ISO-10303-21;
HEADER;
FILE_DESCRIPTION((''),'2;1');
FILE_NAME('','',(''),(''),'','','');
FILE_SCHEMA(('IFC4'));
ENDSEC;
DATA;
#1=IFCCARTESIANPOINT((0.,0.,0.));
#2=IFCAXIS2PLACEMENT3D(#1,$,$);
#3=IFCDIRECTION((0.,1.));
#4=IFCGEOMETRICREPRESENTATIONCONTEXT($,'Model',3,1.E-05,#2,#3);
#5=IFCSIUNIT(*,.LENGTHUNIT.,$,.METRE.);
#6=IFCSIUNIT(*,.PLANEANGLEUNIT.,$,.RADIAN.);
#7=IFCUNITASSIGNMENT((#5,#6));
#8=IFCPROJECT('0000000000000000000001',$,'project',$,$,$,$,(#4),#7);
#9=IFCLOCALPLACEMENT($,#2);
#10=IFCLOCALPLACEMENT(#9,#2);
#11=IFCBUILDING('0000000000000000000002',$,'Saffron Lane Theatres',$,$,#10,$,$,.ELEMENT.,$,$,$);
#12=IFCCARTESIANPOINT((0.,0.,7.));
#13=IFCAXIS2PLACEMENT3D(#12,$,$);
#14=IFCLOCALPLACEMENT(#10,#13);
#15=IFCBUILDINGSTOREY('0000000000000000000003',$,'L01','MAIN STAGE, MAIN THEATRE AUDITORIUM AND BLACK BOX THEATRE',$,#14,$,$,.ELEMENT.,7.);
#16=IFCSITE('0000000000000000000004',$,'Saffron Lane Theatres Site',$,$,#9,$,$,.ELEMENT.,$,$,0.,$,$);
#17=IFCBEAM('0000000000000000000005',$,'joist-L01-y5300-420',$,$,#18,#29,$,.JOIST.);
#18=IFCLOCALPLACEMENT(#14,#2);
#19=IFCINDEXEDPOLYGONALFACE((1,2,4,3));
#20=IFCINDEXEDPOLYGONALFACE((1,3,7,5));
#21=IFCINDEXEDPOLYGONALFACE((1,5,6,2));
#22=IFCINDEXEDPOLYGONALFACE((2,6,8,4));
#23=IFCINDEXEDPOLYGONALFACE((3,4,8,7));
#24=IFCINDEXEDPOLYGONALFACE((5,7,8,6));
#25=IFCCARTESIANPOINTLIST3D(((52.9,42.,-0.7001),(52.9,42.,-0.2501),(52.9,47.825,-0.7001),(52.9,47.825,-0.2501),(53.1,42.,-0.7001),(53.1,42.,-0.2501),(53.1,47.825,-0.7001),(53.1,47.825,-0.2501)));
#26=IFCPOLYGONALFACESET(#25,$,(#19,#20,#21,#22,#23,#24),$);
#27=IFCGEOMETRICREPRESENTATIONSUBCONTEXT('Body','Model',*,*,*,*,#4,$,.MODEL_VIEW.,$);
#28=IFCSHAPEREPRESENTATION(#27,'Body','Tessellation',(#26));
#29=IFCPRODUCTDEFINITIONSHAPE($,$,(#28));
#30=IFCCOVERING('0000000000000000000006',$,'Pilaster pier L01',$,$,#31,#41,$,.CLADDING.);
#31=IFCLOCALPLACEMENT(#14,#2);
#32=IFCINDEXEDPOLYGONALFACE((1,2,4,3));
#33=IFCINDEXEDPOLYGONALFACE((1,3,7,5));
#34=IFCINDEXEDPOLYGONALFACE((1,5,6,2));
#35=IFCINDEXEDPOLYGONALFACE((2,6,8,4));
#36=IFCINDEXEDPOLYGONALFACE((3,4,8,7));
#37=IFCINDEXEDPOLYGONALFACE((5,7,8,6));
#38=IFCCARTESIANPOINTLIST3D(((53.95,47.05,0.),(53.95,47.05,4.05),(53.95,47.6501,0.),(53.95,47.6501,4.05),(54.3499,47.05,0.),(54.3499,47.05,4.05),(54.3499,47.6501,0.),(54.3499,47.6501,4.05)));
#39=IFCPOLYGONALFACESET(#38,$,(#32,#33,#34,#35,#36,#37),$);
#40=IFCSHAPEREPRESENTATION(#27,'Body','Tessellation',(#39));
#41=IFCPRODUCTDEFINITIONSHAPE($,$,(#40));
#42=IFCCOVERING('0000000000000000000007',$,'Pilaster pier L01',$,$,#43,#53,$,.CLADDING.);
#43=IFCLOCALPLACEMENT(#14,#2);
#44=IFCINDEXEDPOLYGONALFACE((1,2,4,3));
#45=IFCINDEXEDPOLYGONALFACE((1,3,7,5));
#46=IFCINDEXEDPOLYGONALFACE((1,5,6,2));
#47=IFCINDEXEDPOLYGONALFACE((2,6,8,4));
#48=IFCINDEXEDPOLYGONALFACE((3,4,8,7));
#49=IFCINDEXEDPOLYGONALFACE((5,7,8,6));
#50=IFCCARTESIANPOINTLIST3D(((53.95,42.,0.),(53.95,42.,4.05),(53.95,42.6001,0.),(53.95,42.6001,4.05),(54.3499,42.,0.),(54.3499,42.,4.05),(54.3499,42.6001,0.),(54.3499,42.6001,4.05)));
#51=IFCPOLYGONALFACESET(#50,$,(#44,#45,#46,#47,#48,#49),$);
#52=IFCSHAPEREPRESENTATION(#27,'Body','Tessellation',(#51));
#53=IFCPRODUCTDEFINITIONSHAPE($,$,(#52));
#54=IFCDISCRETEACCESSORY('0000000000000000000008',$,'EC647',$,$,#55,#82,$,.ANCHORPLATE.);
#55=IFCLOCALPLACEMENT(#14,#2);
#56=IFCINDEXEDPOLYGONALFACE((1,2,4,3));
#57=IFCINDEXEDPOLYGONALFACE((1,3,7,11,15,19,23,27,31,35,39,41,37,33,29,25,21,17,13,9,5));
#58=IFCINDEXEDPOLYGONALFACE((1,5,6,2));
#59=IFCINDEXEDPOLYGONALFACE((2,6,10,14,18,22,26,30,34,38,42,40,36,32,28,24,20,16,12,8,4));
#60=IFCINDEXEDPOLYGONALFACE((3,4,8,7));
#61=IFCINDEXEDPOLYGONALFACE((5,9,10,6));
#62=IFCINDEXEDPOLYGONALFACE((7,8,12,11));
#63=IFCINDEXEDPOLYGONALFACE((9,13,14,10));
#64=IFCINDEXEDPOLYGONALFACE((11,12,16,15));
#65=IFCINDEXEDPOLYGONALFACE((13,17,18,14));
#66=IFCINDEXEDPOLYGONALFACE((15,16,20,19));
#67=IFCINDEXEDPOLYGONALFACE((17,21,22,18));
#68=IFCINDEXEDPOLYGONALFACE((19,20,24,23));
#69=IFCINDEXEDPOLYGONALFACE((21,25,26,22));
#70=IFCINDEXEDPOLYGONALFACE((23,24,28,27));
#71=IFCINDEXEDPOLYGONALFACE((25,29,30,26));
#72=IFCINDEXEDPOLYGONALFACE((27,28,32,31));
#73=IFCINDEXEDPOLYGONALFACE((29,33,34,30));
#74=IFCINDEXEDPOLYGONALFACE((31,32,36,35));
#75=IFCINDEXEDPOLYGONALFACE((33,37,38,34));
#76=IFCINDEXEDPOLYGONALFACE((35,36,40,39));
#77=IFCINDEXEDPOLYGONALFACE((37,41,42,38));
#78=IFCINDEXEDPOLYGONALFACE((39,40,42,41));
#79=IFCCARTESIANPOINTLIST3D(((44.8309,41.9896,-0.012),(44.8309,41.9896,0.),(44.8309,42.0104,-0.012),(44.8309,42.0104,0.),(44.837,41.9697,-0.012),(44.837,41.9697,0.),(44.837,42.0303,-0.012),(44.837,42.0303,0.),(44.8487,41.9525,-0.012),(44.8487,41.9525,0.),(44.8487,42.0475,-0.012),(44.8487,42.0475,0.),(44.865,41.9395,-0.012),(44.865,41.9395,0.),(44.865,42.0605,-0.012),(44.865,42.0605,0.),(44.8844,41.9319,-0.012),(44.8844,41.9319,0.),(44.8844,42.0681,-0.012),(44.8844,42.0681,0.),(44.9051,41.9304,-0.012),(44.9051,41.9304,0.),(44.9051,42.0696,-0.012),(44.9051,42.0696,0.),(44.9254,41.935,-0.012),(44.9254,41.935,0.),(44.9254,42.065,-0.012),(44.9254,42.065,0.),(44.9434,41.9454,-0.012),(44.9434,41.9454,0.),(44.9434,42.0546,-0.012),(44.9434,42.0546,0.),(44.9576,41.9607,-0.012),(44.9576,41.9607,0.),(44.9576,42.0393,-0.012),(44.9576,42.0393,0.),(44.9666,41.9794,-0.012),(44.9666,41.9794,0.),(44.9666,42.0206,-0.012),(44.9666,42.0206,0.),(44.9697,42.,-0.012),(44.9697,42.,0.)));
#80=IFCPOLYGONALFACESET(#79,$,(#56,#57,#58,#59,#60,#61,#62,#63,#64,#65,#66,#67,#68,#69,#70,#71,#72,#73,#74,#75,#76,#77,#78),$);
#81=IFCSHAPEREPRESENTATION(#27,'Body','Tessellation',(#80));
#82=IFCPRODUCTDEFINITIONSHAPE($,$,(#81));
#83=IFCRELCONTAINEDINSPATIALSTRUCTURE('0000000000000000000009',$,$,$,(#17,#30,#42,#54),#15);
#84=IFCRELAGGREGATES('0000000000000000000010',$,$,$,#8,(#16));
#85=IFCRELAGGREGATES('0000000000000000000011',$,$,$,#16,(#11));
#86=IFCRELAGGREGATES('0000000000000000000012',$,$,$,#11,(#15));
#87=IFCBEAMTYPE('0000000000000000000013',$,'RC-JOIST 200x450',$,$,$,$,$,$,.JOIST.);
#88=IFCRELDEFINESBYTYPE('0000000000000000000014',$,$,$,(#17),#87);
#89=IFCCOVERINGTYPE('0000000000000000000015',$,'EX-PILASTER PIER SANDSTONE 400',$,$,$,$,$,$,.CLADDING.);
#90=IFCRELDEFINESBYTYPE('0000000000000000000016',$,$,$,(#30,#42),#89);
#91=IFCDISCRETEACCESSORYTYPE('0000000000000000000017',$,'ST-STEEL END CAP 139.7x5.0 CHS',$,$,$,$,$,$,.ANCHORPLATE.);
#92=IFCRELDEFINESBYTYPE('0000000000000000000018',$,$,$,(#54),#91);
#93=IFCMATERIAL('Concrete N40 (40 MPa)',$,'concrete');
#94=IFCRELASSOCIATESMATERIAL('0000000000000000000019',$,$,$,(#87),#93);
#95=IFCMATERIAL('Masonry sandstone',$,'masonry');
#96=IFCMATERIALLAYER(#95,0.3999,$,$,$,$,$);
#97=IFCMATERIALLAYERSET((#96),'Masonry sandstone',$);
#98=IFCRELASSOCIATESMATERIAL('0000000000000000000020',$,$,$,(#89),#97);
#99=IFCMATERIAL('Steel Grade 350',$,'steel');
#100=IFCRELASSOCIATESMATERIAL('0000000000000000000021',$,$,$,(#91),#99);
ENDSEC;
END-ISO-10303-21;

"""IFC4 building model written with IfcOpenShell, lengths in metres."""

from ifc_helpers import new_model, si_unit, direction, frame, origin, origin_2d, place, context, subcontext, project, spatial, rectangle, circle, extrude, material, layer, layer_set, material_profile, profile_set, type_object, element, save


model = new_model("IFC4")

# Units and contexts
model_context = context("Model", 3, precision=1e-05, world=origin(), true_north=direction((0.0, 1.0)))
body_context = subcontext(model_context, "Body", "Model", "MODEL_VIEW")
ifc_project = project(units=[si_unit("LENGTHUNIT", "METRE"), si_unit("PLANEANGLEUNIT", "RADIAN")], contexts=[model_context])

# Site, building, storey
site_placement = place(None, origin())
site = spatial("IfcSite", under=ifc_project, at=site_placement, Name="Saffron Lane Theatres Site", CompositionType="ELEMENT", RefElevation=0.0)
building_placement = place(site_placement, origin())
building = spatial("IfcBuilding", under=site, at=building_placement, Name="Saffron Lane Theatres", CompositionType="ELEMENT")
storey_placement = place(building_placement, frame((0.0, 0.0, 7.0)))
storey = spatial("IfcBuildingStorey", under=building, at=storey_placement, Name="L01", Description="MAIN STAGE, MAIN THEATRE AUDITORIUM AND BLACK BOX THEATRE", CompositionType="ELEMENT", Elevation=7.0)

# Beam
ifc_material_1 = material(Name="Concrete N40 (40 MPa)", Category="concrete")
ifc_material_profile_1 = material_profile(ifc_material_1, rectangle(XDim=0.2, YDim=0.45, at=origin_2d()))
ifc_profile_set_1 = profile_set([ifc_material_profile_1], Name="Concrete N40 (40 MPa)")
beam_type_1 = type_object("IfcBeamType", Name="RC-JOIST 200x450", PredefinedType="JOIST", material=ifc_profile_set_1)
for number, where, z_axis, x_axis, name in (
    (1, (53.0, 42.0, -0.4751), (0.0, 1.0, 0.0), (-1.0, 0.0, 0.0), "joist-L01-y5300-420"),
):
    element("IfcBeam", number, at=place(storey_placement, frame(where, z_axis=z_axis, x_axis=x_axis)), inside=storey, type_object=beam_type_1, Name=name, PredefinedType="JOIST", context=body_context, shape_type="SweptSolid", body=[
        extrude(rectangle(XDim=0.2, YDim=0.45, at=origin_2d()), origin(), (0.0, 0.0, 1.0), 5.825),
    ])

# Coverings
ifc_material_2 = material(Name="Masonry sandstone", Category="masonry")
ifc_layer = layer(ifc_material_2, 0.3999)
ifc_layer_set = layer_set([ifc_layer], Name="Masonry sandstone")
covering_type = type_object("IfcCoveringType", Name="EX-PILASTER PIER SANDSTONE 400", PredefinedType="CLADDING", material=ifc_layer_set)
for number, where, z_axis, x_axis, name in (
    (2, (54.1499, 47.3501, 0.0), (0.0, 0.0, 1.0), (0.0, -1.0, 0.0), "Pilaster pier L01"),
    (3, (54.1499, 42.3, 0.0), (0.0, 0.0, 1.0), (0.0, -1.0, 0.0), "Pilaster pier L01"),
):
    element("IfcCovering", number, at=place(storey_placement, frame(where, z_axis=z_axis, x_axis=x_axis)), inside=storey, type_object=covering_type, Name=name, PredefinedType="CLADDING", context=body_context, shape_type="SweptSolid", body=[
        extrude(rectangle(XDim=0.6001, YDim=0.3999, at=origin_2d()), origin(), (0.0, 0.0, 1.0), 4.05),
    ])

# Discrete accessory
ifc_material_3 = material(Name="Steel Grade 350", Category="steel")
ifc_material_profile_2 = material_profile(ifc_material_3, circle(Radius=0.0698, at=origin_2d()))
ifc_profile_set_2 = profile_set([ifc_material_profile_2], Name="Steel Grade 350")
discrete_accessory_type = type_object("IfcDiscreteAccessoryType", Name="ST-STEEL END CAP 139.7x5.0 CHS", PredefinedType="ANCHORPLATE", material=ifc_profile_set_2)
discrete_accessory_placement = place(storey_placement, frame((44.8999, 42.0, -0.012), z_axis=(0.0, 0.0, 1.0), x_axis=(1.0, 0.0, 0.0)))
element("IfcDiscreteAccessory", 4, at=discrete_accessory_placement, inside=storey, type_object=discrete_accessory_type, Name="EC647", PredefinedType="ANCHORPLATE", context=body_context, shape_type="SweptSolid", body=[
    extrude(circle(Radius=0.0698, at=origin_2d()), origin(), (0.0, 0.0, 1.0), 0.012),
])

save(model, "model.ifc")
